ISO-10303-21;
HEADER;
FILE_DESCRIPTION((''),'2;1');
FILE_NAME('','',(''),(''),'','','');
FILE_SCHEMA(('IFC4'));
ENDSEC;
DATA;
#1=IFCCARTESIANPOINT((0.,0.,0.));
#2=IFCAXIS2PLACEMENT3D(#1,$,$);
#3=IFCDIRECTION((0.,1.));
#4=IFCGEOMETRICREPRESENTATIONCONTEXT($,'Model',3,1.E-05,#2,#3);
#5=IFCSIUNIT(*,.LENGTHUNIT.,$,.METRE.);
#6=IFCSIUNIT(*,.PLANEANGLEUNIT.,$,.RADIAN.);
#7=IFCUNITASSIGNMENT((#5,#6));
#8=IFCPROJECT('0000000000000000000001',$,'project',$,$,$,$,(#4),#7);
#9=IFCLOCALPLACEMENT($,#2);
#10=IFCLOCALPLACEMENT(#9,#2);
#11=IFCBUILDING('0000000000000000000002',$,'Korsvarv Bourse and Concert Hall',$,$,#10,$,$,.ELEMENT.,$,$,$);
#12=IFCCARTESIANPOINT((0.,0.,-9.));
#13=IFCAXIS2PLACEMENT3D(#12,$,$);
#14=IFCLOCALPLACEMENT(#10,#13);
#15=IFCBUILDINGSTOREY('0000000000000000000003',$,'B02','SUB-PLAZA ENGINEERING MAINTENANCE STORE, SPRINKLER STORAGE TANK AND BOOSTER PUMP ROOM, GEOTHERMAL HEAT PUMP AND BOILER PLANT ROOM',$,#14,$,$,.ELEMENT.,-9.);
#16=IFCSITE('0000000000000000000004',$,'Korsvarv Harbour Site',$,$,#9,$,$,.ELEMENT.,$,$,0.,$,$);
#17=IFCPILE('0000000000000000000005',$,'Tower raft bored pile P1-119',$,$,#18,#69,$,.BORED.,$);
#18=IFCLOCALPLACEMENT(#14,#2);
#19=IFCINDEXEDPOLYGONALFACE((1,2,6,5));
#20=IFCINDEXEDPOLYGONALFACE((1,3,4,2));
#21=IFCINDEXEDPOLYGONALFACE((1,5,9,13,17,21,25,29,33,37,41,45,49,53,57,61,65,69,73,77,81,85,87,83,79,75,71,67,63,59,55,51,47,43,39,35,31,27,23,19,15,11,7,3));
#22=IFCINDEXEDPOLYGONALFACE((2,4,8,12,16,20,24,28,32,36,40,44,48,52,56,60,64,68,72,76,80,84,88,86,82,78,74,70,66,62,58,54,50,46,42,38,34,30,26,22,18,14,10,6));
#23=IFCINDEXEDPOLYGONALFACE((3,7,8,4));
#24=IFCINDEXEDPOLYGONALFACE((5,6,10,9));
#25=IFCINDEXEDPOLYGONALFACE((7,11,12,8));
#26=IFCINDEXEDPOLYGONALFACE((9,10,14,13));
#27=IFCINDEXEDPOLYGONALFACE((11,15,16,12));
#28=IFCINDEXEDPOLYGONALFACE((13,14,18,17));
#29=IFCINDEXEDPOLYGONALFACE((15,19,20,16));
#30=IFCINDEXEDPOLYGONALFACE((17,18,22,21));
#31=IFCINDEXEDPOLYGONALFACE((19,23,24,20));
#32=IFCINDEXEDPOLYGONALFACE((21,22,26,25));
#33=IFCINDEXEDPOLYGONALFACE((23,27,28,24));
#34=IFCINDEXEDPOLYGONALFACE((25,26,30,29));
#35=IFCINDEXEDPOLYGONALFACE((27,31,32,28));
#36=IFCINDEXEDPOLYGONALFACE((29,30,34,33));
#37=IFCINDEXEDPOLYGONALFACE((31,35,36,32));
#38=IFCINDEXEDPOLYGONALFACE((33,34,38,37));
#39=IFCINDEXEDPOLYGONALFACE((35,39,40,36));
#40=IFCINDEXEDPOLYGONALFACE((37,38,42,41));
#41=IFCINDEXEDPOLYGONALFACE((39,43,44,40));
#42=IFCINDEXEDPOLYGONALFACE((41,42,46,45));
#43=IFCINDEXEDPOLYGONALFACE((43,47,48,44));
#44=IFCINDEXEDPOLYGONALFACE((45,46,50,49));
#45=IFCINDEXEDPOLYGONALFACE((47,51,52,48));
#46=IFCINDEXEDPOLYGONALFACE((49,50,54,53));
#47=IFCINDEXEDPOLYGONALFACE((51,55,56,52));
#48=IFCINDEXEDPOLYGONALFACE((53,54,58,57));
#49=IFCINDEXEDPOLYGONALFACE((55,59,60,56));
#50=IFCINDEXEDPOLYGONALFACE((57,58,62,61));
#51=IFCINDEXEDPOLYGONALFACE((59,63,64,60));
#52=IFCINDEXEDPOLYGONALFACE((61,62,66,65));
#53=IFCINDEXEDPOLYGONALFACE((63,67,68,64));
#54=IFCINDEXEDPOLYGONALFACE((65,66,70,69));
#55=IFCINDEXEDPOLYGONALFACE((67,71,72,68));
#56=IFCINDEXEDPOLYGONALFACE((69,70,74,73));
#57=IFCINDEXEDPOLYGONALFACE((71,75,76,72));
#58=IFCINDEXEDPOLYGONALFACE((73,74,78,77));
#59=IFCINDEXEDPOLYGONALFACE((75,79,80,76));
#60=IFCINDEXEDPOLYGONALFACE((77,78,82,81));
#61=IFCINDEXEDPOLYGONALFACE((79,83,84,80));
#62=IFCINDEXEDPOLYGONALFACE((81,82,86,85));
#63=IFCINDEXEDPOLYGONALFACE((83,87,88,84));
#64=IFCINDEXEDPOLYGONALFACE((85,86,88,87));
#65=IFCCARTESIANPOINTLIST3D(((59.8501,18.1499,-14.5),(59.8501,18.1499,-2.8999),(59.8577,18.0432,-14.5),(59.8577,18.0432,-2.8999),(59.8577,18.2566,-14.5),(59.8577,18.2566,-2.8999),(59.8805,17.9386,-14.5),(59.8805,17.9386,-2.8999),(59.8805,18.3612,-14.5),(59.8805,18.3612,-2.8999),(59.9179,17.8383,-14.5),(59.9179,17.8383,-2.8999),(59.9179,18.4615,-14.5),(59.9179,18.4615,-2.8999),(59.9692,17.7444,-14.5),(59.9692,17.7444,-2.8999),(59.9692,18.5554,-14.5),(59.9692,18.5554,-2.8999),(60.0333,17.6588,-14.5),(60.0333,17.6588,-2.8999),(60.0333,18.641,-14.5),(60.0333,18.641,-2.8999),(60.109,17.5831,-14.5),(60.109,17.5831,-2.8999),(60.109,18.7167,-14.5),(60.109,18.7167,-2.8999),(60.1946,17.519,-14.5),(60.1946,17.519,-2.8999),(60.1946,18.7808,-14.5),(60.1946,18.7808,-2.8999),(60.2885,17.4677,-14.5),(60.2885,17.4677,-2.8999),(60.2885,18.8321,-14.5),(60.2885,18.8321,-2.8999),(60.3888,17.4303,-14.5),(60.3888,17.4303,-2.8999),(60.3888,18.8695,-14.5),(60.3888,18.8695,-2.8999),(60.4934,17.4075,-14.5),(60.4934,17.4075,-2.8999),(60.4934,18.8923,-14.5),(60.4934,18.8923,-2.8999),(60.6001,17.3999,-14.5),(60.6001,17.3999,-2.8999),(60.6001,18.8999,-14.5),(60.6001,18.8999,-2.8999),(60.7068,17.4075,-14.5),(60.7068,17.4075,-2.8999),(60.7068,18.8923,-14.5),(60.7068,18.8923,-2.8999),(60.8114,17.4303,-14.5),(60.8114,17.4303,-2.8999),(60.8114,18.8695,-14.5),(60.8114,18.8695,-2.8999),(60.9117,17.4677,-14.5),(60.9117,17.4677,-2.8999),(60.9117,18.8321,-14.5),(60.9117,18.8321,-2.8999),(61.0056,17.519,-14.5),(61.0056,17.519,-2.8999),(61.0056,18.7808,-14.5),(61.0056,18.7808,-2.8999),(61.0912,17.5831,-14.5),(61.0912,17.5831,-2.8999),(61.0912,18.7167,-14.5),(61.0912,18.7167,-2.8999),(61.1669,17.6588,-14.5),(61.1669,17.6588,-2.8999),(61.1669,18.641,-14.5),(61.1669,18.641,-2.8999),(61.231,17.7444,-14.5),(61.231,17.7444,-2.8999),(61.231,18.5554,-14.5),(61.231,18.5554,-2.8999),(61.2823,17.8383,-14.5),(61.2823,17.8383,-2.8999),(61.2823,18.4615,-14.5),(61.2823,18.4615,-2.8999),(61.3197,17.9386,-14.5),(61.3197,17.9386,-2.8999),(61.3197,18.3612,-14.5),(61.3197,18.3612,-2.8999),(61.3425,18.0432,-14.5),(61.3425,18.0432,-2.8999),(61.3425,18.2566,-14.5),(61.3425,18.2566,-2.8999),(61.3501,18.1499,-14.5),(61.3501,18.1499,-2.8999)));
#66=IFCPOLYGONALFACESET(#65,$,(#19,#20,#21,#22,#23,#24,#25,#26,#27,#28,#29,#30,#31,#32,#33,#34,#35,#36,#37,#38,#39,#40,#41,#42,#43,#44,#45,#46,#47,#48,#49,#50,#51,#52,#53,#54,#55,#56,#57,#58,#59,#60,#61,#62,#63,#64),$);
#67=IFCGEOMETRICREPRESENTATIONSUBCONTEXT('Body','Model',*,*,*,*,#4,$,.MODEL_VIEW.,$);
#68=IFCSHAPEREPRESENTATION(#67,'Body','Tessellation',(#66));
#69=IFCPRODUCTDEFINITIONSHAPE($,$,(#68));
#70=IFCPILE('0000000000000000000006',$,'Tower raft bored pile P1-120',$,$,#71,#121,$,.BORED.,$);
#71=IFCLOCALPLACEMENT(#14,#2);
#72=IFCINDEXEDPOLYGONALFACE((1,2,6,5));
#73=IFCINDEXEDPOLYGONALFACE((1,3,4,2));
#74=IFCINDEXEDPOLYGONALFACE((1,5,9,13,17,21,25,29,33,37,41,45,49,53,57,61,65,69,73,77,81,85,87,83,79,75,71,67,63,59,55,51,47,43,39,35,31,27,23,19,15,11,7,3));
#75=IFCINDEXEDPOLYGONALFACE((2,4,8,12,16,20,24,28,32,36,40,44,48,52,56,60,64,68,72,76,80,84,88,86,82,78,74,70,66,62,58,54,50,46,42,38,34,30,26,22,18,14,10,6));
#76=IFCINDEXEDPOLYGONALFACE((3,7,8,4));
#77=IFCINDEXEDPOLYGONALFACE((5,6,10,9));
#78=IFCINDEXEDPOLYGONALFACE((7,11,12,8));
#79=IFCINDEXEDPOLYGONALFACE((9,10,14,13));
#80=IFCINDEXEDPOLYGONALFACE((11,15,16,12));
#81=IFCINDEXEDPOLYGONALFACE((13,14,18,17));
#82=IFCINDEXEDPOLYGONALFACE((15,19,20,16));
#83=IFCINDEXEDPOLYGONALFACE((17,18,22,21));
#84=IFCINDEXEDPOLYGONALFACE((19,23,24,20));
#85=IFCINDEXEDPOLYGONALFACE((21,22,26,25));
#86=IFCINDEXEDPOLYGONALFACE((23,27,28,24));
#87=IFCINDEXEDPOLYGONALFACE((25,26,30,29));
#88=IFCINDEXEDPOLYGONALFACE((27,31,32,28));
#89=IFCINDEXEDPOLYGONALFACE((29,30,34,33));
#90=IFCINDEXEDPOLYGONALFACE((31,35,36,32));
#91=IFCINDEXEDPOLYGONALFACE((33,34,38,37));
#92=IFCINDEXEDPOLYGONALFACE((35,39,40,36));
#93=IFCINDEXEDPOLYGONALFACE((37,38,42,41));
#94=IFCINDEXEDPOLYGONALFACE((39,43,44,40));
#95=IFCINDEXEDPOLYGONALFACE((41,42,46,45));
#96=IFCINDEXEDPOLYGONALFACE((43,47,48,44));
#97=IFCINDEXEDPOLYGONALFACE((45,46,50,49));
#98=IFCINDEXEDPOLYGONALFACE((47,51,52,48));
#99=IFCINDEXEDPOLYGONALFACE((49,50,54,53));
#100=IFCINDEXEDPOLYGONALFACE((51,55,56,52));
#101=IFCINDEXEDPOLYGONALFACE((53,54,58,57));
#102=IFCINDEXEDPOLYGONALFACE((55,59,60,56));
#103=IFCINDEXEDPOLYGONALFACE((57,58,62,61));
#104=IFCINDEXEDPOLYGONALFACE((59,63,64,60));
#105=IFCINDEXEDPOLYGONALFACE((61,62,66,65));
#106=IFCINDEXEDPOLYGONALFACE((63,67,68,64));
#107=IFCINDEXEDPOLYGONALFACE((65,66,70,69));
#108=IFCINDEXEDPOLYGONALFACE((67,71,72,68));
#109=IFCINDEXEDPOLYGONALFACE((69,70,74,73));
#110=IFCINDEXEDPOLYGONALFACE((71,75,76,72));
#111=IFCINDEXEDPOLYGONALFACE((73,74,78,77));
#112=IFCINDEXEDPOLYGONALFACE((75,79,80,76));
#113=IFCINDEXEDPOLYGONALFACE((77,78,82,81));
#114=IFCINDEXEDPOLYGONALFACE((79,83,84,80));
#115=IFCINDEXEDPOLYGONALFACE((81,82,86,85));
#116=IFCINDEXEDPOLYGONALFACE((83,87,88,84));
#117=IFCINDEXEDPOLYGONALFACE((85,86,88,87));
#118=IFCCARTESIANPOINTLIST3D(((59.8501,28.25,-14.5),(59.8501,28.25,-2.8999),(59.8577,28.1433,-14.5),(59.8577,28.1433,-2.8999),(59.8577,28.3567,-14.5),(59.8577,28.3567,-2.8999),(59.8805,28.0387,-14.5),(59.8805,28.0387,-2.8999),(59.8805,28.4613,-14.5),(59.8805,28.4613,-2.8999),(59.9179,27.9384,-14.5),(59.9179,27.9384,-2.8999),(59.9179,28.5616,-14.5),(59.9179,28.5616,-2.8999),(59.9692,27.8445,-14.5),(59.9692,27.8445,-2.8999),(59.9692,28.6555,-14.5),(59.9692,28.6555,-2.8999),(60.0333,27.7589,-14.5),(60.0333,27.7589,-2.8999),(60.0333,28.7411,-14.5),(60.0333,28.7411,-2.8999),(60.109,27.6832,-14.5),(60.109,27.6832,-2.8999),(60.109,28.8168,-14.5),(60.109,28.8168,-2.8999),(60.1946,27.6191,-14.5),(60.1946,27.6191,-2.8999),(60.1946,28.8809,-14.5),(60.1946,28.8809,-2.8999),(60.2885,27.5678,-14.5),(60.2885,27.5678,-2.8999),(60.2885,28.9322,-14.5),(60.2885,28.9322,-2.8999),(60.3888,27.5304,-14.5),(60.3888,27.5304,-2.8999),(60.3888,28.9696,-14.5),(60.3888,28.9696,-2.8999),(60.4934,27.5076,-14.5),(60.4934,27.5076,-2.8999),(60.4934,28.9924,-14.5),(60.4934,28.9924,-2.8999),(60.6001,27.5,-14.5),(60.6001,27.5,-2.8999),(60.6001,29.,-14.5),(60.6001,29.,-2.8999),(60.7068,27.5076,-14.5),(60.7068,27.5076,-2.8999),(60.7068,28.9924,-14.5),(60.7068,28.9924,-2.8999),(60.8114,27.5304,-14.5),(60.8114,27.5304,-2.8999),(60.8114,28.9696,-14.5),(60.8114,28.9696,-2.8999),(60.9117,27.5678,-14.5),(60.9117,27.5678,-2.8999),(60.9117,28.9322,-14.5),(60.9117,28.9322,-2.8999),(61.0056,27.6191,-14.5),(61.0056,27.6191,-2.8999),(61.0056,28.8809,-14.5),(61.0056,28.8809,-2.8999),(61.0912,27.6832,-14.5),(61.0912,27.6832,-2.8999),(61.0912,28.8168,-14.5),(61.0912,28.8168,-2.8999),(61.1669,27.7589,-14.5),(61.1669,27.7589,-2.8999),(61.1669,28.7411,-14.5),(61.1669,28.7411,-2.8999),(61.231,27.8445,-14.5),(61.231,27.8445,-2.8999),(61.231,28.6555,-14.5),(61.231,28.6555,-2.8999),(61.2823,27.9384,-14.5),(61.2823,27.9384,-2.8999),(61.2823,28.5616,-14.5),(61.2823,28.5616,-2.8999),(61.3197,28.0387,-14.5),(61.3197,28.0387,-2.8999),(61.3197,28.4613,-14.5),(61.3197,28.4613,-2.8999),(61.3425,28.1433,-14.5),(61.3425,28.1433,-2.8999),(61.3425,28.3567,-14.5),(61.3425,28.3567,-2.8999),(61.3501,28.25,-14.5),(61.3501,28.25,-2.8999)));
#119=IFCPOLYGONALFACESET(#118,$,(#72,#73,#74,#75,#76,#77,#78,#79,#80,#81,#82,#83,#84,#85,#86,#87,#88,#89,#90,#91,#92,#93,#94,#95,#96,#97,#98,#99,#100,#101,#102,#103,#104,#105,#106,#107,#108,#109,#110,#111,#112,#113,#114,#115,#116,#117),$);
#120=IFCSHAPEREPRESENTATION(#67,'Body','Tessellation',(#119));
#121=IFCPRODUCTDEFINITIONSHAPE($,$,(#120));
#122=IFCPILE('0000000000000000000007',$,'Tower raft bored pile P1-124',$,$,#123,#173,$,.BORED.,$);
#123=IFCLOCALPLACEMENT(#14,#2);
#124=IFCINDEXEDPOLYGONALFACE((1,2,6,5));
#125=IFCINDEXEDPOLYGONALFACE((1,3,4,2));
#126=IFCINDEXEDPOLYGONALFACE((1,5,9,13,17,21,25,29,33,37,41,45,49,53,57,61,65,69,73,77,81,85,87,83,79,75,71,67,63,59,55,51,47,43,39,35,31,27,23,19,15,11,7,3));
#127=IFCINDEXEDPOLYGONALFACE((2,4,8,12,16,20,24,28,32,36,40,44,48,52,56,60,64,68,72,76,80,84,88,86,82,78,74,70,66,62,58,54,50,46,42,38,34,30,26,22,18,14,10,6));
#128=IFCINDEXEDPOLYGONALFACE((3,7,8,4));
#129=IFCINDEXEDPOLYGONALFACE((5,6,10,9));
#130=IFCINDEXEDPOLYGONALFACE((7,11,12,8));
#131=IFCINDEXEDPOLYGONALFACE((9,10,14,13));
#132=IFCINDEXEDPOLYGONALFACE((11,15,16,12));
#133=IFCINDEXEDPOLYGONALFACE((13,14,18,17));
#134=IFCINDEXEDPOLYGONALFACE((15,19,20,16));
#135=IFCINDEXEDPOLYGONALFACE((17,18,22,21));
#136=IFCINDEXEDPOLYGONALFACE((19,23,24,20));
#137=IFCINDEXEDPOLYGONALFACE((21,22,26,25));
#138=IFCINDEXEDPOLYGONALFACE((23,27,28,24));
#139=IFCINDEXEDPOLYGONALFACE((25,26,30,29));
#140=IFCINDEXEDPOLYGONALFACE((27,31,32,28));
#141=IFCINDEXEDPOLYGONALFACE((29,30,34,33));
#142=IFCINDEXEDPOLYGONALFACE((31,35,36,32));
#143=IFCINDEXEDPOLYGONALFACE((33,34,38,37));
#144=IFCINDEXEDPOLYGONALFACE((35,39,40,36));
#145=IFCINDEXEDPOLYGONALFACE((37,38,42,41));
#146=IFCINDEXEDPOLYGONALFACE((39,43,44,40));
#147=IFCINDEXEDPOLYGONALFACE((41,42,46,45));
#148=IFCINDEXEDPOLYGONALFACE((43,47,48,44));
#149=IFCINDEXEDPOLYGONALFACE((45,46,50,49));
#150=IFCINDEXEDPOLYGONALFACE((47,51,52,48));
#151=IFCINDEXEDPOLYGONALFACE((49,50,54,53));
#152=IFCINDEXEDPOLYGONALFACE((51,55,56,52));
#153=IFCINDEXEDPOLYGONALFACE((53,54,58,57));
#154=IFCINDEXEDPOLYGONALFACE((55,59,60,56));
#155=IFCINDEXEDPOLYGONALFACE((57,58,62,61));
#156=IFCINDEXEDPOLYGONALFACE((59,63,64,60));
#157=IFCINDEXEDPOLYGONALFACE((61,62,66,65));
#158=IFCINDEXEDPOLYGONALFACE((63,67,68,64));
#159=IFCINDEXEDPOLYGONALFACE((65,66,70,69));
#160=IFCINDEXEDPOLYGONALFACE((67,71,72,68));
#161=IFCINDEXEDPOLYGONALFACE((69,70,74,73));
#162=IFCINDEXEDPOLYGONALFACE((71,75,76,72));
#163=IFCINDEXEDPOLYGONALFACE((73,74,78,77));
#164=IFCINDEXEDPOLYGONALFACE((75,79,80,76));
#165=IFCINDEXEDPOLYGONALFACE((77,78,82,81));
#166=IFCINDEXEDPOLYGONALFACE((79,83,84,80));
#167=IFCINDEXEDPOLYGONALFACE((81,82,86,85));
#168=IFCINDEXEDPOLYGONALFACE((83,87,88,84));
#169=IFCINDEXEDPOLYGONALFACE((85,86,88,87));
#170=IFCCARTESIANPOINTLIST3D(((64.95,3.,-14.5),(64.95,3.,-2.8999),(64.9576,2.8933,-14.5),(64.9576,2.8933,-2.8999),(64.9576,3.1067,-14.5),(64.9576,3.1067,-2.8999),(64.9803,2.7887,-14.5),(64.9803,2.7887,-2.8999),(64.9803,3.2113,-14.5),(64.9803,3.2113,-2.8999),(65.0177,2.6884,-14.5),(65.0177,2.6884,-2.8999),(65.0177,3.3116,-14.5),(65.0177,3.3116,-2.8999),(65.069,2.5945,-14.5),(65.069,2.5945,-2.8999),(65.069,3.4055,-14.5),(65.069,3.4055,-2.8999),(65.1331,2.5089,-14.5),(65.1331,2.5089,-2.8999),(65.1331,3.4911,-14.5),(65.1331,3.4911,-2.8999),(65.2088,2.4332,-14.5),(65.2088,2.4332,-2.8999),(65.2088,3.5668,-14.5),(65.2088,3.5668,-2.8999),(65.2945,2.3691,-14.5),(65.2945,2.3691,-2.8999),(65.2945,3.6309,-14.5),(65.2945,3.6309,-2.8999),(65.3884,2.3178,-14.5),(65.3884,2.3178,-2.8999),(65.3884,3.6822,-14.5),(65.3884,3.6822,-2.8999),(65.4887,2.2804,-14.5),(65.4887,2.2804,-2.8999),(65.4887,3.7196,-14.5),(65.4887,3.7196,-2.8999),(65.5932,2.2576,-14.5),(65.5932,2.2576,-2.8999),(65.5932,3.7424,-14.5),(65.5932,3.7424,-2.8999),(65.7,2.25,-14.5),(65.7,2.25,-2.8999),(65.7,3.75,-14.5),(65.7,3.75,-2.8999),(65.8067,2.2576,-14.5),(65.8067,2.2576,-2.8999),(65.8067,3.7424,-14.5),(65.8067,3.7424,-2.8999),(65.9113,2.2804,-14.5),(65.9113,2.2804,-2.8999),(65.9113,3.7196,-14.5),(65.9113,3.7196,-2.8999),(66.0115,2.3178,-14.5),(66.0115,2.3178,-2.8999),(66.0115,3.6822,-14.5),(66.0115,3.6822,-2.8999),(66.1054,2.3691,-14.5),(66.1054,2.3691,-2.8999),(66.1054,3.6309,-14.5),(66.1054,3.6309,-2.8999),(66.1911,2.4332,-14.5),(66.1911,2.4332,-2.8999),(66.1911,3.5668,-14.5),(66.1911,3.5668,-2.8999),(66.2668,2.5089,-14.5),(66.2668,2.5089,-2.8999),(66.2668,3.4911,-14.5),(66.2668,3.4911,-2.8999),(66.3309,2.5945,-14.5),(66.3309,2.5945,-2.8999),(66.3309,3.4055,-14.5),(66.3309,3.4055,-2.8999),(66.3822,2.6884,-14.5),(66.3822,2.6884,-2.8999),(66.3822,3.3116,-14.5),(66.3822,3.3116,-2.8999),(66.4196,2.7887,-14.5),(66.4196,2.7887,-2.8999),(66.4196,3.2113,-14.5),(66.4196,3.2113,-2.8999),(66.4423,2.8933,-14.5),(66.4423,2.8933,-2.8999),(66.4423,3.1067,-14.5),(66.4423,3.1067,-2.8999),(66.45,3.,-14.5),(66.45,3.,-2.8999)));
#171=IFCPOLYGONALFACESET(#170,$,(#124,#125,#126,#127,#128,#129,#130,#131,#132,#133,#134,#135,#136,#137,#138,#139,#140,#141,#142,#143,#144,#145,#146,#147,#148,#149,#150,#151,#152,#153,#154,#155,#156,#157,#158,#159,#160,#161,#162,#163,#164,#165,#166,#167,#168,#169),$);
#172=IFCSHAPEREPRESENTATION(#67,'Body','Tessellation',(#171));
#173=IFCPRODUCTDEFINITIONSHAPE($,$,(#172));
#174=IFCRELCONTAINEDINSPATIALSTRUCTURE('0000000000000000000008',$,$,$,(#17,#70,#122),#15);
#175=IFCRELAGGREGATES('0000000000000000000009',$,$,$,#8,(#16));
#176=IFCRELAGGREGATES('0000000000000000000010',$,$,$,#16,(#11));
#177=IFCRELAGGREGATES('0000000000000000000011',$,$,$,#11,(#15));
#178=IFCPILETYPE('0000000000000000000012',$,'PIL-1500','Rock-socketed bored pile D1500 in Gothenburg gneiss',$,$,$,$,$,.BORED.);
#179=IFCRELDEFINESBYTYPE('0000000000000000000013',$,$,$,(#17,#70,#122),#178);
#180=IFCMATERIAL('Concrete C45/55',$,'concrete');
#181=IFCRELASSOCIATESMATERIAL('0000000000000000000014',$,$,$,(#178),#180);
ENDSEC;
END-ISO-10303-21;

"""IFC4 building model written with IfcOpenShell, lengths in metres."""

from ifc_helpers import new_model, si_unit, direction, frame, origin, origin_2d, place, context, subcontext, project, spatial, circle, extrude, source, transform, mapped, material, material_profile, profile_set, type_object, element, save


model = new_model("IFC4")

# Units and contexts
model_context = context("Model", 3, precision=1e-05, world=origin(), true_north=direction((0.0, 1.0)))
body_context = subcontext(model_context, "Body", "Model", "MODEL_VIEW")
ifc_project = project(units=[si_unit("LENGTHUNIT", "METRE"), si_unit("PLANEANGLEUNIT", "RADIAN")], contexts=[model_context])

# Site, building, storey
site_placement = place(None, origin())
site = spatial("IfcSite", under=ifc_project, at=site_placement, Name="Korsvarv Harbour Site", CompositionType="ELEMENT", RefElevation=0.0)
building_placement = place(site_placement, origin())
building = spatial("IfcBuilding", under=site, at=building_placement, Name="Korsvarv Bourse and Concert Hall", CompositionType="ELEMENT")
storey_placement = place(building_placement, frame((0.0, 0.0, -9.0)))
storey = spatial("IfcBuildingStorey", under=building, at=storey_placement, Name="B02", Description="SUB-PLAZA ENGINEERING MAINTENANCE STORE, SPRINKLER STORAGE TANK AND BOOSTER PUMP ROOM, GEOTHERMAL HEAT PUMP AND BOILER PLANT ROOM", CompositionType="ELEMENT", Elevation=-9.0)

# Shared definitions
ifc_material_1 = material(Name="Concrete C45/55", Category="concrete")

# Piles
ifc_material_profile_1 = material_profile(ifc_material_1, circle(Radius=0.75, at=origin_2d()), Name="PILE D1500")
ifc_profile_set_1 = profile_set([ifc_material_profile_1], Name="Concrete C45/55")
pile_type_1 = type_object("IfcPileType", Name="PIL-1500", Description="Rock-socketed bored pile D1500 in Gothenburg gneiss", PredefinedType="BORED", material=ifc_profile_set_1)
shared_shape_1 = source(origin(), body_context, "Body", "SweptSolid", [
    extrude(circle(Radius=0.75, at=origin_2d()), origin(), (0.0, 0.0, 1.0), 11.6001),
])
for number, where, z_axis, x_axis, name in (
    (1, (60.6001, 18.1499, -2.8999), (0.0, 0.0, -1.0), (1.0, 0.0, 0.0), "Tower raft bored pile P1-119"),
    (2, (60.6001, 28.25, -2.8999), (0.0, 0.0, -1.0), (1.0, 0.0, 0.0), "Tower raft bored pile P1-120"),
    (3, (65.7, 3.0, -2.8999), (0.0, 0.0, -1.0), (1.0, 0.0, 0.0), "Tower raft bored pile P1-124"),
):
    element("IfcPile", number, at=place(storey_placement, frame(where, z_axis=z_axis, x_axis=x_axis)), inside=storey, type_object=pile_type_1, Name=name, PredefinedType="BORED", context=body_context, shape_type="MappedRepresentation", body=[
        mapped(shared_shape_1, transform((0.0, 0.0, 0.0), scale=1.0)),
    ])

save(model, "model.ifc")
